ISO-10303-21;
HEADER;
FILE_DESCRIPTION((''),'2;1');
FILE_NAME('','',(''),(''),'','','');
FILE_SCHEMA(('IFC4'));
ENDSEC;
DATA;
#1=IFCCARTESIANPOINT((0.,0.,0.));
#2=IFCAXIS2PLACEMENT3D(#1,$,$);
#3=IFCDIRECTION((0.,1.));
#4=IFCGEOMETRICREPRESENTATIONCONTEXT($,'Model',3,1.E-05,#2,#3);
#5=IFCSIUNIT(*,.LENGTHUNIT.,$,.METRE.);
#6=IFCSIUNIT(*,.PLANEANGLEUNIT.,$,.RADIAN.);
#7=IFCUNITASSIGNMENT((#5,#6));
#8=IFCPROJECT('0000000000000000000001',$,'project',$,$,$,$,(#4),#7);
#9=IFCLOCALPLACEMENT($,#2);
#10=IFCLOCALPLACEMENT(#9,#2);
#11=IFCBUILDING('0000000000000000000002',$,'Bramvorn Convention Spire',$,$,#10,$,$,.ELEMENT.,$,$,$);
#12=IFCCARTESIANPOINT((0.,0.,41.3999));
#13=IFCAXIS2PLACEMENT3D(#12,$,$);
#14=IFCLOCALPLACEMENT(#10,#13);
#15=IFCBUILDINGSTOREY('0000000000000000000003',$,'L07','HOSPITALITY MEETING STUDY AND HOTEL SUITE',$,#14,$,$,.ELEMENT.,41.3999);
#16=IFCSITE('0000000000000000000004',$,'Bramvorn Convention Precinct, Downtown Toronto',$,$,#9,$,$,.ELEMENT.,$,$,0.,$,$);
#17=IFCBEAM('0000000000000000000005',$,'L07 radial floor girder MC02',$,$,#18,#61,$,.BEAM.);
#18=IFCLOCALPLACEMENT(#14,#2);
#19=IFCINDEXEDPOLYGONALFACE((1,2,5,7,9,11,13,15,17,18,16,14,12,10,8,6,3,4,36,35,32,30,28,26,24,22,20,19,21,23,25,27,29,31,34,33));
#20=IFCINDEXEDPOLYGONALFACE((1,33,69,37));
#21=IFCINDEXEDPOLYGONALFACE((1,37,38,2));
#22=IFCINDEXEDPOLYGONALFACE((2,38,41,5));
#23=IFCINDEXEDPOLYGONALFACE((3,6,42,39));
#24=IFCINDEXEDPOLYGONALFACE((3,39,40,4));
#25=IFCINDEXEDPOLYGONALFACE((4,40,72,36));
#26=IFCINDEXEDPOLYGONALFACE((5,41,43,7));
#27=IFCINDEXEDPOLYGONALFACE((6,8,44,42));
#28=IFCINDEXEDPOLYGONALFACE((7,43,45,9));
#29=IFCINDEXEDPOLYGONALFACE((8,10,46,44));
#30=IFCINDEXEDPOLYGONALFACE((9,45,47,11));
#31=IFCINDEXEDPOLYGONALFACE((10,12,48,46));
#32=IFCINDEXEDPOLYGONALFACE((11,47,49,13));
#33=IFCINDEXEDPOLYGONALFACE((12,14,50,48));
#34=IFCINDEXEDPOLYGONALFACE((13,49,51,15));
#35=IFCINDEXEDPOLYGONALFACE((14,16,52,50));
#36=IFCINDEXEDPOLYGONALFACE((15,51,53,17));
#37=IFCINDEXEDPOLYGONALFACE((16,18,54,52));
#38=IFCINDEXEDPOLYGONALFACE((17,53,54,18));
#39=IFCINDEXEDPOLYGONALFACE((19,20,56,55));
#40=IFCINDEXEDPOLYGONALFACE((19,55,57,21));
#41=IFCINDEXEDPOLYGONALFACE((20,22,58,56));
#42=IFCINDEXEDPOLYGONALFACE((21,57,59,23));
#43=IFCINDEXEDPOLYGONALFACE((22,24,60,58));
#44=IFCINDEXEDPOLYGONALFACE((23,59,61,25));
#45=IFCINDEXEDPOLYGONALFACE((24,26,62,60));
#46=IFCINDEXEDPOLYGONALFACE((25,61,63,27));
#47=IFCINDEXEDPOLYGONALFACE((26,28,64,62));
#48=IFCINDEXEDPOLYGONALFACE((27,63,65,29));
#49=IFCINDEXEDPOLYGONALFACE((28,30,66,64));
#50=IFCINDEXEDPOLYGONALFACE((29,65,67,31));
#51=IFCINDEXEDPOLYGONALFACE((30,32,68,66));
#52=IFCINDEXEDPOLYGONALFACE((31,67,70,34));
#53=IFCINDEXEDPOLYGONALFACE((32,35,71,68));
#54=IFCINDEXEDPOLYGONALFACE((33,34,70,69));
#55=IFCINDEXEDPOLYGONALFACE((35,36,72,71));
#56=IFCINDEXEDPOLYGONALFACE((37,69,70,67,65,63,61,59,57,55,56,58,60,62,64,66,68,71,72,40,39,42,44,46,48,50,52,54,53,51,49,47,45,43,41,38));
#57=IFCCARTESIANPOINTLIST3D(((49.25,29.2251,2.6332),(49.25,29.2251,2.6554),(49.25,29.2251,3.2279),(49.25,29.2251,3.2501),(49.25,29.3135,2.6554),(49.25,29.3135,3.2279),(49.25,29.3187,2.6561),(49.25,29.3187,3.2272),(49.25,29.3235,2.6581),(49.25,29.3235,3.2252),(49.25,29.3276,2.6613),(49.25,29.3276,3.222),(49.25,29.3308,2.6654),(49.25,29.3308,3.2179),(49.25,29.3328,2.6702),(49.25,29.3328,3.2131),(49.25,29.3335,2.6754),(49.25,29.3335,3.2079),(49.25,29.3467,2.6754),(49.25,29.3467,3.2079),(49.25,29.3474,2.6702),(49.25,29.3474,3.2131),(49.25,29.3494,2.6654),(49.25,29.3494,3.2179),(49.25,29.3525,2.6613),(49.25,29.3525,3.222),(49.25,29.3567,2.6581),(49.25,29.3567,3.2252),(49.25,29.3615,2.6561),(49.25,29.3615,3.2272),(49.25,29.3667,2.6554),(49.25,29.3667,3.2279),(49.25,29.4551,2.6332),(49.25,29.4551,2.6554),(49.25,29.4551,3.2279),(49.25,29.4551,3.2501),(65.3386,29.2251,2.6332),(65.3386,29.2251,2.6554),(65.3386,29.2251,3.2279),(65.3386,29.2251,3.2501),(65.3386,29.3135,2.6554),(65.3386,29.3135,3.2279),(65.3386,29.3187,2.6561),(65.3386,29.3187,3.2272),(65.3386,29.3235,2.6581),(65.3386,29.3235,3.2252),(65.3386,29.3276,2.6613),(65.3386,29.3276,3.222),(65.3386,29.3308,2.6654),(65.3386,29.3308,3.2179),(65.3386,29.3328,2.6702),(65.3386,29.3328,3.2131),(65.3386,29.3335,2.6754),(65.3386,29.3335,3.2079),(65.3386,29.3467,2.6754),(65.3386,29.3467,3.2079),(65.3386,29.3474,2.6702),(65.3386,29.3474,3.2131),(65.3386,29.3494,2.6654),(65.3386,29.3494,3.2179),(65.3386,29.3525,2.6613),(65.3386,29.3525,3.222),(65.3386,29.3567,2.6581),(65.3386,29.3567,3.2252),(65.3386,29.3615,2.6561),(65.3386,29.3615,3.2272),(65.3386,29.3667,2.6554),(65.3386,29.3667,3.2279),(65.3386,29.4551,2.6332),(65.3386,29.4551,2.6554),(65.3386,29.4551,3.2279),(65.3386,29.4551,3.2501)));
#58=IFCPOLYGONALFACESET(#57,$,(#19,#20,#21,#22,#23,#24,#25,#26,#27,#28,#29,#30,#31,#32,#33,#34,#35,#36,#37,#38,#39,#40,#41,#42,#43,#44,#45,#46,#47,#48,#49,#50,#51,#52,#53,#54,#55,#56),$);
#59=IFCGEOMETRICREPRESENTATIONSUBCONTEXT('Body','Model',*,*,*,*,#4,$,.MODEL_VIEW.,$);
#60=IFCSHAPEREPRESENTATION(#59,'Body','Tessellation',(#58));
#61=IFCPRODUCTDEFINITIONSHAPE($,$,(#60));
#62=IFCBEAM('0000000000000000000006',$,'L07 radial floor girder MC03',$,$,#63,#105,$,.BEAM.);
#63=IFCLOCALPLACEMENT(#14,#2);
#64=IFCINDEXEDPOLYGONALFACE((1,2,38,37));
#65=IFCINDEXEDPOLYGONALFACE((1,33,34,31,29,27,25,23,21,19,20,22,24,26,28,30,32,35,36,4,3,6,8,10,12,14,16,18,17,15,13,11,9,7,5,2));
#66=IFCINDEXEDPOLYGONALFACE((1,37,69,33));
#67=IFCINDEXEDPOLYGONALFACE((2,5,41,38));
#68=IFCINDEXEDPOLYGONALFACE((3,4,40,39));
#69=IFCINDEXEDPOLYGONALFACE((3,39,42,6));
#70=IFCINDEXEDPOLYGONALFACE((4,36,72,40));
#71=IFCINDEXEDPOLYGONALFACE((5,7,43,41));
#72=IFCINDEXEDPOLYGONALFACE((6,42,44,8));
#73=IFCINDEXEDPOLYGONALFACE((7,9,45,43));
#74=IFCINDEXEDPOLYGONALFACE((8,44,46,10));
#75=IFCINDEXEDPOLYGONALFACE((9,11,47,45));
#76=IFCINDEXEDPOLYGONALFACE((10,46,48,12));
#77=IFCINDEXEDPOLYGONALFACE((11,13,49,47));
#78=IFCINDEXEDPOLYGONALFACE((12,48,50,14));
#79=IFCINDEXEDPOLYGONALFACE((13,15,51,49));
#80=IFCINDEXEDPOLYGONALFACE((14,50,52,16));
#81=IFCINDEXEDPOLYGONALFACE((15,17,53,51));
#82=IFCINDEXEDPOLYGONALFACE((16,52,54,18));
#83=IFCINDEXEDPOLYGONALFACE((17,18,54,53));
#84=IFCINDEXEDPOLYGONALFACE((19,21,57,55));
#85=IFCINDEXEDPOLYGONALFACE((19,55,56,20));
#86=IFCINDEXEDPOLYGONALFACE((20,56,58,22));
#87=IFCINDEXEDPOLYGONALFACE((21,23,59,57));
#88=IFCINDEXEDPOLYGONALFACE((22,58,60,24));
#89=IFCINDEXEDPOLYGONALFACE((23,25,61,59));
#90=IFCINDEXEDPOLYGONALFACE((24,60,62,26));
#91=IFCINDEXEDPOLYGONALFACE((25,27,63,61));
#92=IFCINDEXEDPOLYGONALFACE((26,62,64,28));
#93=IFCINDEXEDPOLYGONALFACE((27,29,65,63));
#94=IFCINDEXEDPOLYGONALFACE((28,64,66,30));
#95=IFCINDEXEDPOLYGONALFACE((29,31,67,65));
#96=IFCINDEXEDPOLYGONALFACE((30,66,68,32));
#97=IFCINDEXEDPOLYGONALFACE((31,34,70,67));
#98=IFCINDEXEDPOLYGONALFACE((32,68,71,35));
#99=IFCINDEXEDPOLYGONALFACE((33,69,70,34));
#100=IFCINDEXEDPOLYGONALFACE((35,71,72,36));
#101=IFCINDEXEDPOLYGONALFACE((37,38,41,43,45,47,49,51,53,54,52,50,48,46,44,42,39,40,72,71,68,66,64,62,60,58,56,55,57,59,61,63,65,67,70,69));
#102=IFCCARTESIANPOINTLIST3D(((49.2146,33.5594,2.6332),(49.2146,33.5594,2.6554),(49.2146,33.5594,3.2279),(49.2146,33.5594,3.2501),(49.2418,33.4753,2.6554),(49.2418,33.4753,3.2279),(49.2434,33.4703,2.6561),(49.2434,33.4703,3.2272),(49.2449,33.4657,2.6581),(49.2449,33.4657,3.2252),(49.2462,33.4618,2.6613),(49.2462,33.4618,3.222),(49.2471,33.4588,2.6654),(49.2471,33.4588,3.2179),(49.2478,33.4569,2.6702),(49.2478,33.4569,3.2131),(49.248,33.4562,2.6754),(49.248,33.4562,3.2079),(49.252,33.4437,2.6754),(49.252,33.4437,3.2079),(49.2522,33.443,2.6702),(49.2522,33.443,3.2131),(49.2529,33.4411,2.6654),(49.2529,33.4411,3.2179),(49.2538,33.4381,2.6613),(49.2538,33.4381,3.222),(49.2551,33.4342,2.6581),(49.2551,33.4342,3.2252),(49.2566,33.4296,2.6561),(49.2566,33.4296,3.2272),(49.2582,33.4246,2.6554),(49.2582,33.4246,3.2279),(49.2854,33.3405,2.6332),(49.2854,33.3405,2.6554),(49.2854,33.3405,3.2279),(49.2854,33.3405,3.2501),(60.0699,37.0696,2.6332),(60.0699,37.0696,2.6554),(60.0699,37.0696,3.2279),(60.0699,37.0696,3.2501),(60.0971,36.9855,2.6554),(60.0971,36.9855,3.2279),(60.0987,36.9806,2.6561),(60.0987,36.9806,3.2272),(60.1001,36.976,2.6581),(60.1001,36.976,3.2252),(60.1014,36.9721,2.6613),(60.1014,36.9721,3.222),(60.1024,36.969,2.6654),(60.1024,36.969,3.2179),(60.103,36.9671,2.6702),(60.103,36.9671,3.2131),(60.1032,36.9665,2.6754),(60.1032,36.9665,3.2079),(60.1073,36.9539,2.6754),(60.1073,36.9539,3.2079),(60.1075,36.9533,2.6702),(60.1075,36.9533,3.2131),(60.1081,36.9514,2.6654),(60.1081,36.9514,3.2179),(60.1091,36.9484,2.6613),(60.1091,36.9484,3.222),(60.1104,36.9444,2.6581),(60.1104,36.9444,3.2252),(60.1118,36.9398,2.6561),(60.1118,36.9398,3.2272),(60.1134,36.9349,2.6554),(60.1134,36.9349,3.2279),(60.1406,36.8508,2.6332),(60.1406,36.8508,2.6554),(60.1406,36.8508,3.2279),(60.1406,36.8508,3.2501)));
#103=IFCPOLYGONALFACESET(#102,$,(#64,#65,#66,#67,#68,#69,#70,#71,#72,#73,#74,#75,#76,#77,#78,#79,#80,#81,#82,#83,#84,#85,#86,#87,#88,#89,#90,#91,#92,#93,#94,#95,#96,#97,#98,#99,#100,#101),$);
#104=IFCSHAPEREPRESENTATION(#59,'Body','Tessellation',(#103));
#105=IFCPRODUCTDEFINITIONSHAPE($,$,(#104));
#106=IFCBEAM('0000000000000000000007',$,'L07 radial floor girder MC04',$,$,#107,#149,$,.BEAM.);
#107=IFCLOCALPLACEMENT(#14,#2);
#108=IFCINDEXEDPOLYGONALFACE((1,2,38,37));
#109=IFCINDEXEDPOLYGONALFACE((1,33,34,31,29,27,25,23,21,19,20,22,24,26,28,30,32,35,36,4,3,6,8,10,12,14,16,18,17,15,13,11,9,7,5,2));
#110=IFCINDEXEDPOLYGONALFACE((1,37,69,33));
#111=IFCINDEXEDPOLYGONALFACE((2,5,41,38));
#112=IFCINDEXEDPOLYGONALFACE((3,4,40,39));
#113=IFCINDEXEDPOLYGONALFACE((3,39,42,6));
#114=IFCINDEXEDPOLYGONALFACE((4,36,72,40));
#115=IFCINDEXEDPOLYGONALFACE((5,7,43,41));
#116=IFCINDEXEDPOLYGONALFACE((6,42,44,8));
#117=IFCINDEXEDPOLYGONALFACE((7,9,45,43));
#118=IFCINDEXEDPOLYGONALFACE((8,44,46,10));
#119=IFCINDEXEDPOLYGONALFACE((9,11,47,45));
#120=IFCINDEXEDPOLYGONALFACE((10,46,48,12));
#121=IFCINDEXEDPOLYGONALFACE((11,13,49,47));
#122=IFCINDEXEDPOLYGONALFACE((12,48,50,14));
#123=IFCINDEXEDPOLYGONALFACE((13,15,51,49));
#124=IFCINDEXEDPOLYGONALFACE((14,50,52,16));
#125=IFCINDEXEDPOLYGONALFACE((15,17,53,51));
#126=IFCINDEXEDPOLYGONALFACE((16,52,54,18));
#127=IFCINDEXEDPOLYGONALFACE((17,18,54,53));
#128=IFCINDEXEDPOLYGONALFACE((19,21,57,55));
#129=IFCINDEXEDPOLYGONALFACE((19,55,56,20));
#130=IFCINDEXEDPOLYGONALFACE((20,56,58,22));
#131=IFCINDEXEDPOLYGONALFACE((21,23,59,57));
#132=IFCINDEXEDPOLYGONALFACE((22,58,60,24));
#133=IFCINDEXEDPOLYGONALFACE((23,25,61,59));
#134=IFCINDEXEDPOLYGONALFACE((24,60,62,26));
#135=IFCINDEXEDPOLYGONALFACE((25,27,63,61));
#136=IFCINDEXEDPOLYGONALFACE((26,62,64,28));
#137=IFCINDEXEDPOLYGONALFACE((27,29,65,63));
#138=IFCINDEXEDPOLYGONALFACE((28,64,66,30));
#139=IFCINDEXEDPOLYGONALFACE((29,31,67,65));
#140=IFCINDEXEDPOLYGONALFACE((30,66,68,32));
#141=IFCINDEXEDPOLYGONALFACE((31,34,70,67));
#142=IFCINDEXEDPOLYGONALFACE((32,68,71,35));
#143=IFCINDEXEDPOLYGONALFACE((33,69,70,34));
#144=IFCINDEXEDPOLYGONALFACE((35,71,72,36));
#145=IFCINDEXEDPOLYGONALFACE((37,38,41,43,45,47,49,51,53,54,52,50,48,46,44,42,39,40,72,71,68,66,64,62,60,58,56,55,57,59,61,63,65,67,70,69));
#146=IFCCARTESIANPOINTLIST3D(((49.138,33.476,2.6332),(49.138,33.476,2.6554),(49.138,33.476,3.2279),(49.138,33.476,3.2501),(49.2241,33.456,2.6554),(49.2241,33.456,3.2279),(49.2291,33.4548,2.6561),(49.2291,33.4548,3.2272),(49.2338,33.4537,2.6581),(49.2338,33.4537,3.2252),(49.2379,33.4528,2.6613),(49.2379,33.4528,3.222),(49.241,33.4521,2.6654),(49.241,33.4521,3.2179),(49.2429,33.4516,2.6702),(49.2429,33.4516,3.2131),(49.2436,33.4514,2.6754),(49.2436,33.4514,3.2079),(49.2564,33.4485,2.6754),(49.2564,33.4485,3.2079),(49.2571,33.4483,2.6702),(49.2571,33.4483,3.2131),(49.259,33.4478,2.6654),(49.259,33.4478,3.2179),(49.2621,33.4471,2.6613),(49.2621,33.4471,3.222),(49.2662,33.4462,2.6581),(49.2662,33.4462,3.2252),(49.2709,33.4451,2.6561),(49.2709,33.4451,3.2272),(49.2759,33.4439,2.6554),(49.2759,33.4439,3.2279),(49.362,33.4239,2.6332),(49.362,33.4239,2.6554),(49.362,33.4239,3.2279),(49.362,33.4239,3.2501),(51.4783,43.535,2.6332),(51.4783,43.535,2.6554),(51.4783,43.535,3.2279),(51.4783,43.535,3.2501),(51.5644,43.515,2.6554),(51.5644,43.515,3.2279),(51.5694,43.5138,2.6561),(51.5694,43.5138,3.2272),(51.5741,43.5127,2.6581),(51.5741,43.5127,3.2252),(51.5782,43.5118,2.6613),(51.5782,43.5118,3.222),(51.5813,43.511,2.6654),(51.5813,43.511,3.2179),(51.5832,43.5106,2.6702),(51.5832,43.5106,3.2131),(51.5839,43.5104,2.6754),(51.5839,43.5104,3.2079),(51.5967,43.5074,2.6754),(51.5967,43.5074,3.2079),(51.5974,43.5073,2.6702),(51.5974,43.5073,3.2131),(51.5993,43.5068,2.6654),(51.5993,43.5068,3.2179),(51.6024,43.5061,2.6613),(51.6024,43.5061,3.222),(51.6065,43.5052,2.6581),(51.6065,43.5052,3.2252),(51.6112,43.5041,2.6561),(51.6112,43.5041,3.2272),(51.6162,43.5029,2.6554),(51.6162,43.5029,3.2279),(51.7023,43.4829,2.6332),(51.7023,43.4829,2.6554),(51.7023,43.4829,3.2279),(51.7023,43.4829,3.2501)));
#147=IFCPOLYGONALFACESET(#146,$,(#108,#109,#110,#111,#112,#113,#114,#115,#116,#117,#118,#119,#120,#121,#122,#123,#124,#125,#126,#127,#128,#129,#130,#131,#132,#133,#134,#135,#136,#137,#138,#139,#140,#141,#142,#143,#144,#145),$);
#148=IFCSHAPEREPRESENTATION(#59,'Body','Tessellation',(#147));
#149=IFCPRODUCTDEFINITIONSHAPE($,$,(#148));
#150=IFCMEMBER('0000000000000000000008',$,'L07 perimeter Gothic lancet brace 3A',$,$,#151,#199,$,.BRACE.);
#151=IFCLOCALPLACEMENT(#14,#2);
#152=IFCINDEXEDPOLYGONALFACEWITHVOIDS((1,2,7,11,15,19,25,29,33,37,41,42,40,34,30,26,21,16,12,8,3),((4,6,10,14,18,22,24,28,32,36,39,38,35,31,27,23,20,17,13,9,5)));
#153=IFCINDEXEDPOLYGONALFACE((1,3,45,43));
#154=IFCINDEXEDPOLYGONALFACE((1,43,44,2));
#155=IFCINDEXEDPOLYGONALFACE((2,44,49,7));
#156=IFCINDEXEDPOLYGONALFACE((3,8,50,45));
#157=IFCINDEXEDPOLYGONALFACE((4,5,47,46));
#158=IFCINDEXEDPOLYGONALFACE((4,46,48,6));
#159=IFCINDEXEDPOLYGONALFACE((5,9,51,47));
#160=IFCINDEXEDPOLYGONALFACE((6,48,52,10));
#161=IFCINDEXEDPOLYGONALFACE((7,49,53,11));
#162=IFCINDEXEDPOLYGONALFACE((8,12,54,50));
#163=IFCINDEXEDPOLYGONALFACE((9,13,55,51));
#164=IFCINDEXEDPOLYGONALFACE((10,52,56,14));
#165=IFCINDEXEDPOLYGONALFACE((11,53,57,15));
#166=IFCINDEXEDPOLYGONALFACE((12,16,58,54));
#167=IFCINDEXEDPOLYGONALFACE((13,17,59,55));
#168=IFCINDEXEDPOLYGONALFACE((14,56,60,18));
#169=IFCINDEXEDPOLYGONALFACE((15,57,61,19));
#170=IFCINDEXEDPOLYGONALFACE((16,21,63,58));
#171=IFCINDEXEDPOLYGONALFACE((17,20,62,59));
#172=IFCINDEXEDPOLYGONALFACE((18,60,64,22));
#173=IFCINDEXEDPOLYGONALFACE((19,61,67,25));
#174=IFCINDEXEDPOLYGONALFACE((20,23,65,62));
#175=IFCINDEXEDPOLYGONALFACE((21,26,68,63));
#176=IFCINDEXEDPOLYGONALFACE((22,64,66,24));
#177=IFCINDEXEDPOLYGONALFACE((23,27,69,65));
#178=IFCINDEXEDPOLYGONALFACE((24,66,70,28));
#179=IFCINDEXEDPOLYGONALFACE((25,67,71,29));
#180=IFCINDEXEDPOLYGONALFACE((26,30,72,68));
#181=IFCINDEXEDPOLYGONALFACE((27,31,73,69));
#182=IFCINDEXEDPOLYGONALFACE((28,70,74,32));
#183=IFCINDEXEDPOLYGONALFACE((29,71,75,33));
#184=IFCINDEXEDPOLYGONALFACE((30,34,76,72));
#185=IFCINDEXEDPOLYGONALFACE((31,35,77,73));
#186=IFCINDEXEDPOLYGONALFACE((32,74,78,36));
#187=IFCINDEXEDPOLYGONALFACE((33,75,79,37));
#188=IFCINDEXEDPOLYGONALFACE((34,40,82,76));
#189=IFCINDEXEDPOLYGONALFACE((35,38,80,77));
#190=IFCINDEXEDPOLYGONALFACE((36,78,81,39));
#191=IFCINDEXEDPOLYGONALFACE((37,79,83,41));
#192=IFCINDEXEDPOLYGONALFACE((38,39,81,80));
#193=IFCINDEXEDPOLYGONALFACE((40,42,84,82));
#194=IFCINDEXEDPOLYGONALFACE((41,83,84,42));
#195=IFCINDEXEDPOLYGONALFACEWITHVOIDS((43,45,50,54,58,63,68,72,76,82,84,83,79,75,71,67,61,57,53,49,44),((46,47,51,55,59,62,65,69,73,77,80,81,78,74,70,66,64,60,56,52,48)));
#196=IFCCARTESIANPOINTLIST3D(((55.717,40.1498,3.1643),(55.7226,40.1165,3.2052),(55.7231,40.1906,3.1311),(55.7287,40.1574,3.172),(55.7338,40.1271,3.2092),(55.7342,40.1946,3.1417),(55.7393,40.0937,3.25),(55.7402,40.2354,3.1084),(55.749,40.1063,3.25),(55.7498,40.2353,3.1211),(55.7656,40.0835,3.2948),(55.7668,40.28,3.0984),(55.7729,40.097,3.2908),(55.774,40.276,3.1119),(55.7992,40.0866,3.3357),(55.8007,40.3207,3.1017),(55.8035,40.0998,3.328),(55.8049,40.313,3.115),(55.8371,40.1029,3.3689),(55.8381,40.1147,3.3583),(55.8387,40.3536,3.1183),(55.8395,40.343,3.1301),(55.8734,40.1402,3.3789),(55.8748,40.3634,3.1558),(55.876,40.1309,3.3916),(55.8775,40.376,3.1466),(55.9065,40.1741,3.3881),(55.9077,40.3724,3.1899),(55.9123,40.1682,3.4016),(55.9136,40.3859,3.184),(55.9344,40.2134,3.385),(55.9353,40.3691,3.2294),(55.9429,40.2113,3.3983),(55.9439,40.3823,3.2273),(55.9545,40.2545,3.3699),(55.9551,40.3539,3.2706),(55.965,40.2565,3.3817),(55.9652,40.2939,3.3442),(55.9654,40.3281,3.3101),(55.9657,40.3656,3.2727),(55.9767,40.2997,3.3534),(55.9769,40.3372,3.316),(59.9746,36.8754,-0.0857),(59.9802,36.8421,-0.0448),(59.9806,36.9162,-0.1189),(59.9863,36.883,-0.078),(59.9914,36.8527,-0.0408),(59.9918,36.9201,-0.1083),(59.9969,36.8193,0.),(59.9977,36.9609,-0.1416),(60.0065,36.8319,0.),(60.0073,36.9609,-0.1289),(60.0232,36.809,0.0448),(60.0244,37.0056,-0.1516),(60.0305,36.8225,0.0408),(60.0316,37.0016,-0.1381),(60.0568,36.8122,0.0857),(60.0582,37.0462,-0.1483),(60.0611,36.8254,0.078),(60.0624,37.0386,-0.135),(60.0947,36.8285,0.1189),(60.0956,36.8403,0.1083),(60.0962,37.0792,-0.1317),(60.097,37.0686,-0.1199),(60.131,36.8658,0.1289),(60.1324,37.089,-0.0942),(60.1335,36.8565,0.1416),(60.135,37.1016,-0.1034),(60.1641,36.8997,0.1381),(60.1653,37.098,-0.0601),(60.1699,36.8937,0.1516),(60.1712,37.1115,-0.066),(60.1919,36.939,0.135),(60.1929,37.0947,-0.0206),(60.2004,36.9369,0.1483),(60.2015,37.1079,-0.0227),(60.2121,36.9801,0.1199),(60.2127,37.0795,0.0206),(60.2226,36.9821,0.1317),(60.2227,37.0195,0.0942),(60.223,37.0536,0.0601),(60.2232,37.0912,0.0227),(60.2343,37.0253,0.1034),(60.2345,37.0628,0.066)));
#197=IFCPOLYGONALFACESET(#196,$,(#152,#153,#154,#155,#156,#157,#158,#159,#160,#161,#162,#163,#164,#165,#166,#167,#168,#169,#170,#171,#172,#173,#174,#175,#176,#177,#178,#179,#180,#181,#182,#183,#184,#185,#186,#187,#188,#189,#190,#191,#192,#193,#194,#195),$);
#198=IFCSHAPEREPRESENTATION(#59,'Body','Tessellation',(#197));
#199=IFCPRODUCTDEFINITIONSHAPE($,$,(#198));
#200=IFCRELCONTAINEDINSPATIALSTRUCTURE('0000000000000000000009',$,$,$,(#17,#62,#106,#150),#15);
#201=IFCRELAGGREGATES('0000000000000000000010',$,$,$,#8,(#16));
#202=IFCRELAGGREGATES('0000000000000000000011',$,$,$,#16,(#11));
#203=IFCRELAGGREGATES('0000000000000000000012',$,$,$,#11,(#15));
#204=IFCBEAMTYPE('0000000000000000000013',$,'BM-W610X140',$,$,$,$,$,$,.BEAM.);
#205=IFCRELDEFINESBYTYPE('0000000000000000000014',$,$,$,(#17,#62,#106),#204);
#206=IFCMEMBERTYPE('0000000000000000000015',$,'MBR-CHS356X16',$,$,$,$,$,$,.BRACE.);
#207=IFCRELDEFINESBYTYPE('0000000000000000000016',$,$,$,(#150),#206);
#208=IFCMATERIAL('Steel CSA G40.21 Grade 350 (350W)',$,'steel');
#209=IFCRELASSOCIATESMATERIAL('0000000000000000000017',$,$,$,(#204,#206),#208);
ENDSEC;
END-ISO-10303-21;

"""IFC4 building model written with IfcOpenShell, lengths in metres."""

from ifc_helpers import new_model, si_unit, direction, frame, origin, origin_2d, place, context, subcontext, project, spatial, hollow_circle, i_section, extrude, material, material_profile, profile_set, type_object, element, save


model = new_model("IFC4")

# Units and contexts
model_context = context("Model", 3, precision=1e-05, world=origin(), true_north=direction((0.0, 1.0)))
body_context = subcontext(model_context, "Body", "Model", "MODEL_VIEW")
ifc_project = project(units=[si_unit("LENGTHUNIT", "METRE"), si_unit("PLANEANGLEUNIT", "RADIAN")], contexts=[model_context])

# Site, building, storey
site_placement = place(None, origin())
site = spatial("IfcSite", under=ifc_project, at=site_placement, Name="Bramvorn Convention Precinct, Downtown Toronto", CompositionType="ELEMENT", RefElevation=0.0)
building_placement = place(site_placement, origin())
building = spatial("IfcBuilding", under=site, at=building_placement, Name="Bramvorn Convention Spire", CompositionType="ELEMENT")
storey_placement = place(building_placement, frame((0.0, 0.0, 41.3999)))
storey = spatial("IfcBuildingStorey", under=building, at=storey_placement, Name="L07", Description="HOSPITALITY MEETING STUDY AND HOTEL SUITE", CompositionType="ELEMENT", Elevation=41.3999)

# Shared definitions
ifc_material_1 = material(Name="Steel CSA G40.21 Grade 350 (350W)", Category="steel")

# Beams
ifc_material_profile_1 = material_profile(ifc_material_1, i_section(OverallWidth=0.23, OverallDepth=0.6169, WebThickness=0.0132, FlangeThickness=0.0222, FilletRadius=0.02, at=origin_2d()))
ifc_profile_set_1 = profile_set([ifc_material_profile_1], Name="Steel CSA G40.21 Grade 350 (350W) - W610X140")
beam_type_1 = type_object("IfcBeamType", Name="BM-W610X140", PredefinedType="BEAM", material=ifc_profile_set_1)
beam_1_placement = place(storey_placement, frame((49.25, 29.3401, 2.9417), z_axis=(1.0, 0.0, 0.0), x_axis=(0.0, 1.0, 0.0)))
element("IfcBeam", 1, at=beam_1_placement, inside=storey, type_object=beam_type_1, Name="L07 radial floor girder MC02", PredefinedType="BEAM", context=body_context, shape_type="SweptSolid", body=[
    extrude(i_section(OverallWidth=0.23, OverallDepth=0.6169, WebThickness=0.0132, FlangeThickness=0.0222, FilletRadius=0.02, at=origin_2d()), origin(), (0.0, 0.0, 1.0), 16.0886),
])
beam_2_placement = place(storey_placement, frame((49.25, 33.45, 2.9417), z_axis=(0.951489, 0.307683, 0.0), x_axis=(-0.307683, 0.951489, 0.0)))
element("IfcBeam", 2, at=beam_2_placement, inside=storey, type_object=beam_type_1, Name="L07 radial floor girder MC03", PredefinedType="BEAM", context=body_context, shape_type="SweptSolid", body=[
    extrude(i_section(OverallWidth=0.23, OverallDepth=0.6169, WebThickness=0.0132, FlangeThickness=0.0222, FilletRadius=0.02, at=origin_2d()), origin(), (0.0, 0.0, 1.0), 11.4087),
])
beam_3_placement = place(storey_placement, frame((49.25, 33.45, 2.9417), z_axis=(0.226606, 0.973986, 0.0), x_axis=(-0.973986, 0.226606, 0.0)))
element("IfcBeam", 3, at=beam_3_placement, inside=storey, type_object=beam_type_1, Name="L07 radial floor girder MC04", PredefinedType="BEAM", context=body_context, shape_type="SweptSolid", body=[
    extrude(i_section(OverallWidth=0.23, OverallDepth=0.6169, WebThickness=0.0132, FlangeThickness=0.0222, FilletRadius=0.02, at=origin_2d()), origin(), (0.0, 0.0, 1.0), 10.3276),
])

# Member
ifc_material_profile_2 = material_profile(ifc_material_1, hollow_circle(Radius=0.1777, WallThickness=0.0159, at=origin_2d()))
ifc_profile_set_2 = profile_set([ifc_material_profile_2], Name="Steel CSA G40.21 Grade 350 (350W) - CHS356X16")
member_type = type_object("IfcMemberType", Name="MBR-CHS356X16", PredefinedType="BRACE", material=ifc_profile_set_2)
member_1_placement = place(storey_placement, frame((60.1052, 36.9602, 0.0), z_axis=(-0.678191, 0.521584, 0.517695), x_axis=(-0.609636, -0.792681, 0.0)))
element("IfcMember", 4, at=member_1_placement, inside=storey, type_object=member_type, Name="L07 perimeter Gothic lancet brace 3A", PredefinedType="BRACE", context=body_context, shape_type="SweptSolid", body=[
    extrude(hollow_circle(Radius=0.1777, WallThickness=0.0159, at=origin_2d()), origin(), (0.0, 0.0, 1.0), 6.2778),
])

save(model, "model.ifc")
